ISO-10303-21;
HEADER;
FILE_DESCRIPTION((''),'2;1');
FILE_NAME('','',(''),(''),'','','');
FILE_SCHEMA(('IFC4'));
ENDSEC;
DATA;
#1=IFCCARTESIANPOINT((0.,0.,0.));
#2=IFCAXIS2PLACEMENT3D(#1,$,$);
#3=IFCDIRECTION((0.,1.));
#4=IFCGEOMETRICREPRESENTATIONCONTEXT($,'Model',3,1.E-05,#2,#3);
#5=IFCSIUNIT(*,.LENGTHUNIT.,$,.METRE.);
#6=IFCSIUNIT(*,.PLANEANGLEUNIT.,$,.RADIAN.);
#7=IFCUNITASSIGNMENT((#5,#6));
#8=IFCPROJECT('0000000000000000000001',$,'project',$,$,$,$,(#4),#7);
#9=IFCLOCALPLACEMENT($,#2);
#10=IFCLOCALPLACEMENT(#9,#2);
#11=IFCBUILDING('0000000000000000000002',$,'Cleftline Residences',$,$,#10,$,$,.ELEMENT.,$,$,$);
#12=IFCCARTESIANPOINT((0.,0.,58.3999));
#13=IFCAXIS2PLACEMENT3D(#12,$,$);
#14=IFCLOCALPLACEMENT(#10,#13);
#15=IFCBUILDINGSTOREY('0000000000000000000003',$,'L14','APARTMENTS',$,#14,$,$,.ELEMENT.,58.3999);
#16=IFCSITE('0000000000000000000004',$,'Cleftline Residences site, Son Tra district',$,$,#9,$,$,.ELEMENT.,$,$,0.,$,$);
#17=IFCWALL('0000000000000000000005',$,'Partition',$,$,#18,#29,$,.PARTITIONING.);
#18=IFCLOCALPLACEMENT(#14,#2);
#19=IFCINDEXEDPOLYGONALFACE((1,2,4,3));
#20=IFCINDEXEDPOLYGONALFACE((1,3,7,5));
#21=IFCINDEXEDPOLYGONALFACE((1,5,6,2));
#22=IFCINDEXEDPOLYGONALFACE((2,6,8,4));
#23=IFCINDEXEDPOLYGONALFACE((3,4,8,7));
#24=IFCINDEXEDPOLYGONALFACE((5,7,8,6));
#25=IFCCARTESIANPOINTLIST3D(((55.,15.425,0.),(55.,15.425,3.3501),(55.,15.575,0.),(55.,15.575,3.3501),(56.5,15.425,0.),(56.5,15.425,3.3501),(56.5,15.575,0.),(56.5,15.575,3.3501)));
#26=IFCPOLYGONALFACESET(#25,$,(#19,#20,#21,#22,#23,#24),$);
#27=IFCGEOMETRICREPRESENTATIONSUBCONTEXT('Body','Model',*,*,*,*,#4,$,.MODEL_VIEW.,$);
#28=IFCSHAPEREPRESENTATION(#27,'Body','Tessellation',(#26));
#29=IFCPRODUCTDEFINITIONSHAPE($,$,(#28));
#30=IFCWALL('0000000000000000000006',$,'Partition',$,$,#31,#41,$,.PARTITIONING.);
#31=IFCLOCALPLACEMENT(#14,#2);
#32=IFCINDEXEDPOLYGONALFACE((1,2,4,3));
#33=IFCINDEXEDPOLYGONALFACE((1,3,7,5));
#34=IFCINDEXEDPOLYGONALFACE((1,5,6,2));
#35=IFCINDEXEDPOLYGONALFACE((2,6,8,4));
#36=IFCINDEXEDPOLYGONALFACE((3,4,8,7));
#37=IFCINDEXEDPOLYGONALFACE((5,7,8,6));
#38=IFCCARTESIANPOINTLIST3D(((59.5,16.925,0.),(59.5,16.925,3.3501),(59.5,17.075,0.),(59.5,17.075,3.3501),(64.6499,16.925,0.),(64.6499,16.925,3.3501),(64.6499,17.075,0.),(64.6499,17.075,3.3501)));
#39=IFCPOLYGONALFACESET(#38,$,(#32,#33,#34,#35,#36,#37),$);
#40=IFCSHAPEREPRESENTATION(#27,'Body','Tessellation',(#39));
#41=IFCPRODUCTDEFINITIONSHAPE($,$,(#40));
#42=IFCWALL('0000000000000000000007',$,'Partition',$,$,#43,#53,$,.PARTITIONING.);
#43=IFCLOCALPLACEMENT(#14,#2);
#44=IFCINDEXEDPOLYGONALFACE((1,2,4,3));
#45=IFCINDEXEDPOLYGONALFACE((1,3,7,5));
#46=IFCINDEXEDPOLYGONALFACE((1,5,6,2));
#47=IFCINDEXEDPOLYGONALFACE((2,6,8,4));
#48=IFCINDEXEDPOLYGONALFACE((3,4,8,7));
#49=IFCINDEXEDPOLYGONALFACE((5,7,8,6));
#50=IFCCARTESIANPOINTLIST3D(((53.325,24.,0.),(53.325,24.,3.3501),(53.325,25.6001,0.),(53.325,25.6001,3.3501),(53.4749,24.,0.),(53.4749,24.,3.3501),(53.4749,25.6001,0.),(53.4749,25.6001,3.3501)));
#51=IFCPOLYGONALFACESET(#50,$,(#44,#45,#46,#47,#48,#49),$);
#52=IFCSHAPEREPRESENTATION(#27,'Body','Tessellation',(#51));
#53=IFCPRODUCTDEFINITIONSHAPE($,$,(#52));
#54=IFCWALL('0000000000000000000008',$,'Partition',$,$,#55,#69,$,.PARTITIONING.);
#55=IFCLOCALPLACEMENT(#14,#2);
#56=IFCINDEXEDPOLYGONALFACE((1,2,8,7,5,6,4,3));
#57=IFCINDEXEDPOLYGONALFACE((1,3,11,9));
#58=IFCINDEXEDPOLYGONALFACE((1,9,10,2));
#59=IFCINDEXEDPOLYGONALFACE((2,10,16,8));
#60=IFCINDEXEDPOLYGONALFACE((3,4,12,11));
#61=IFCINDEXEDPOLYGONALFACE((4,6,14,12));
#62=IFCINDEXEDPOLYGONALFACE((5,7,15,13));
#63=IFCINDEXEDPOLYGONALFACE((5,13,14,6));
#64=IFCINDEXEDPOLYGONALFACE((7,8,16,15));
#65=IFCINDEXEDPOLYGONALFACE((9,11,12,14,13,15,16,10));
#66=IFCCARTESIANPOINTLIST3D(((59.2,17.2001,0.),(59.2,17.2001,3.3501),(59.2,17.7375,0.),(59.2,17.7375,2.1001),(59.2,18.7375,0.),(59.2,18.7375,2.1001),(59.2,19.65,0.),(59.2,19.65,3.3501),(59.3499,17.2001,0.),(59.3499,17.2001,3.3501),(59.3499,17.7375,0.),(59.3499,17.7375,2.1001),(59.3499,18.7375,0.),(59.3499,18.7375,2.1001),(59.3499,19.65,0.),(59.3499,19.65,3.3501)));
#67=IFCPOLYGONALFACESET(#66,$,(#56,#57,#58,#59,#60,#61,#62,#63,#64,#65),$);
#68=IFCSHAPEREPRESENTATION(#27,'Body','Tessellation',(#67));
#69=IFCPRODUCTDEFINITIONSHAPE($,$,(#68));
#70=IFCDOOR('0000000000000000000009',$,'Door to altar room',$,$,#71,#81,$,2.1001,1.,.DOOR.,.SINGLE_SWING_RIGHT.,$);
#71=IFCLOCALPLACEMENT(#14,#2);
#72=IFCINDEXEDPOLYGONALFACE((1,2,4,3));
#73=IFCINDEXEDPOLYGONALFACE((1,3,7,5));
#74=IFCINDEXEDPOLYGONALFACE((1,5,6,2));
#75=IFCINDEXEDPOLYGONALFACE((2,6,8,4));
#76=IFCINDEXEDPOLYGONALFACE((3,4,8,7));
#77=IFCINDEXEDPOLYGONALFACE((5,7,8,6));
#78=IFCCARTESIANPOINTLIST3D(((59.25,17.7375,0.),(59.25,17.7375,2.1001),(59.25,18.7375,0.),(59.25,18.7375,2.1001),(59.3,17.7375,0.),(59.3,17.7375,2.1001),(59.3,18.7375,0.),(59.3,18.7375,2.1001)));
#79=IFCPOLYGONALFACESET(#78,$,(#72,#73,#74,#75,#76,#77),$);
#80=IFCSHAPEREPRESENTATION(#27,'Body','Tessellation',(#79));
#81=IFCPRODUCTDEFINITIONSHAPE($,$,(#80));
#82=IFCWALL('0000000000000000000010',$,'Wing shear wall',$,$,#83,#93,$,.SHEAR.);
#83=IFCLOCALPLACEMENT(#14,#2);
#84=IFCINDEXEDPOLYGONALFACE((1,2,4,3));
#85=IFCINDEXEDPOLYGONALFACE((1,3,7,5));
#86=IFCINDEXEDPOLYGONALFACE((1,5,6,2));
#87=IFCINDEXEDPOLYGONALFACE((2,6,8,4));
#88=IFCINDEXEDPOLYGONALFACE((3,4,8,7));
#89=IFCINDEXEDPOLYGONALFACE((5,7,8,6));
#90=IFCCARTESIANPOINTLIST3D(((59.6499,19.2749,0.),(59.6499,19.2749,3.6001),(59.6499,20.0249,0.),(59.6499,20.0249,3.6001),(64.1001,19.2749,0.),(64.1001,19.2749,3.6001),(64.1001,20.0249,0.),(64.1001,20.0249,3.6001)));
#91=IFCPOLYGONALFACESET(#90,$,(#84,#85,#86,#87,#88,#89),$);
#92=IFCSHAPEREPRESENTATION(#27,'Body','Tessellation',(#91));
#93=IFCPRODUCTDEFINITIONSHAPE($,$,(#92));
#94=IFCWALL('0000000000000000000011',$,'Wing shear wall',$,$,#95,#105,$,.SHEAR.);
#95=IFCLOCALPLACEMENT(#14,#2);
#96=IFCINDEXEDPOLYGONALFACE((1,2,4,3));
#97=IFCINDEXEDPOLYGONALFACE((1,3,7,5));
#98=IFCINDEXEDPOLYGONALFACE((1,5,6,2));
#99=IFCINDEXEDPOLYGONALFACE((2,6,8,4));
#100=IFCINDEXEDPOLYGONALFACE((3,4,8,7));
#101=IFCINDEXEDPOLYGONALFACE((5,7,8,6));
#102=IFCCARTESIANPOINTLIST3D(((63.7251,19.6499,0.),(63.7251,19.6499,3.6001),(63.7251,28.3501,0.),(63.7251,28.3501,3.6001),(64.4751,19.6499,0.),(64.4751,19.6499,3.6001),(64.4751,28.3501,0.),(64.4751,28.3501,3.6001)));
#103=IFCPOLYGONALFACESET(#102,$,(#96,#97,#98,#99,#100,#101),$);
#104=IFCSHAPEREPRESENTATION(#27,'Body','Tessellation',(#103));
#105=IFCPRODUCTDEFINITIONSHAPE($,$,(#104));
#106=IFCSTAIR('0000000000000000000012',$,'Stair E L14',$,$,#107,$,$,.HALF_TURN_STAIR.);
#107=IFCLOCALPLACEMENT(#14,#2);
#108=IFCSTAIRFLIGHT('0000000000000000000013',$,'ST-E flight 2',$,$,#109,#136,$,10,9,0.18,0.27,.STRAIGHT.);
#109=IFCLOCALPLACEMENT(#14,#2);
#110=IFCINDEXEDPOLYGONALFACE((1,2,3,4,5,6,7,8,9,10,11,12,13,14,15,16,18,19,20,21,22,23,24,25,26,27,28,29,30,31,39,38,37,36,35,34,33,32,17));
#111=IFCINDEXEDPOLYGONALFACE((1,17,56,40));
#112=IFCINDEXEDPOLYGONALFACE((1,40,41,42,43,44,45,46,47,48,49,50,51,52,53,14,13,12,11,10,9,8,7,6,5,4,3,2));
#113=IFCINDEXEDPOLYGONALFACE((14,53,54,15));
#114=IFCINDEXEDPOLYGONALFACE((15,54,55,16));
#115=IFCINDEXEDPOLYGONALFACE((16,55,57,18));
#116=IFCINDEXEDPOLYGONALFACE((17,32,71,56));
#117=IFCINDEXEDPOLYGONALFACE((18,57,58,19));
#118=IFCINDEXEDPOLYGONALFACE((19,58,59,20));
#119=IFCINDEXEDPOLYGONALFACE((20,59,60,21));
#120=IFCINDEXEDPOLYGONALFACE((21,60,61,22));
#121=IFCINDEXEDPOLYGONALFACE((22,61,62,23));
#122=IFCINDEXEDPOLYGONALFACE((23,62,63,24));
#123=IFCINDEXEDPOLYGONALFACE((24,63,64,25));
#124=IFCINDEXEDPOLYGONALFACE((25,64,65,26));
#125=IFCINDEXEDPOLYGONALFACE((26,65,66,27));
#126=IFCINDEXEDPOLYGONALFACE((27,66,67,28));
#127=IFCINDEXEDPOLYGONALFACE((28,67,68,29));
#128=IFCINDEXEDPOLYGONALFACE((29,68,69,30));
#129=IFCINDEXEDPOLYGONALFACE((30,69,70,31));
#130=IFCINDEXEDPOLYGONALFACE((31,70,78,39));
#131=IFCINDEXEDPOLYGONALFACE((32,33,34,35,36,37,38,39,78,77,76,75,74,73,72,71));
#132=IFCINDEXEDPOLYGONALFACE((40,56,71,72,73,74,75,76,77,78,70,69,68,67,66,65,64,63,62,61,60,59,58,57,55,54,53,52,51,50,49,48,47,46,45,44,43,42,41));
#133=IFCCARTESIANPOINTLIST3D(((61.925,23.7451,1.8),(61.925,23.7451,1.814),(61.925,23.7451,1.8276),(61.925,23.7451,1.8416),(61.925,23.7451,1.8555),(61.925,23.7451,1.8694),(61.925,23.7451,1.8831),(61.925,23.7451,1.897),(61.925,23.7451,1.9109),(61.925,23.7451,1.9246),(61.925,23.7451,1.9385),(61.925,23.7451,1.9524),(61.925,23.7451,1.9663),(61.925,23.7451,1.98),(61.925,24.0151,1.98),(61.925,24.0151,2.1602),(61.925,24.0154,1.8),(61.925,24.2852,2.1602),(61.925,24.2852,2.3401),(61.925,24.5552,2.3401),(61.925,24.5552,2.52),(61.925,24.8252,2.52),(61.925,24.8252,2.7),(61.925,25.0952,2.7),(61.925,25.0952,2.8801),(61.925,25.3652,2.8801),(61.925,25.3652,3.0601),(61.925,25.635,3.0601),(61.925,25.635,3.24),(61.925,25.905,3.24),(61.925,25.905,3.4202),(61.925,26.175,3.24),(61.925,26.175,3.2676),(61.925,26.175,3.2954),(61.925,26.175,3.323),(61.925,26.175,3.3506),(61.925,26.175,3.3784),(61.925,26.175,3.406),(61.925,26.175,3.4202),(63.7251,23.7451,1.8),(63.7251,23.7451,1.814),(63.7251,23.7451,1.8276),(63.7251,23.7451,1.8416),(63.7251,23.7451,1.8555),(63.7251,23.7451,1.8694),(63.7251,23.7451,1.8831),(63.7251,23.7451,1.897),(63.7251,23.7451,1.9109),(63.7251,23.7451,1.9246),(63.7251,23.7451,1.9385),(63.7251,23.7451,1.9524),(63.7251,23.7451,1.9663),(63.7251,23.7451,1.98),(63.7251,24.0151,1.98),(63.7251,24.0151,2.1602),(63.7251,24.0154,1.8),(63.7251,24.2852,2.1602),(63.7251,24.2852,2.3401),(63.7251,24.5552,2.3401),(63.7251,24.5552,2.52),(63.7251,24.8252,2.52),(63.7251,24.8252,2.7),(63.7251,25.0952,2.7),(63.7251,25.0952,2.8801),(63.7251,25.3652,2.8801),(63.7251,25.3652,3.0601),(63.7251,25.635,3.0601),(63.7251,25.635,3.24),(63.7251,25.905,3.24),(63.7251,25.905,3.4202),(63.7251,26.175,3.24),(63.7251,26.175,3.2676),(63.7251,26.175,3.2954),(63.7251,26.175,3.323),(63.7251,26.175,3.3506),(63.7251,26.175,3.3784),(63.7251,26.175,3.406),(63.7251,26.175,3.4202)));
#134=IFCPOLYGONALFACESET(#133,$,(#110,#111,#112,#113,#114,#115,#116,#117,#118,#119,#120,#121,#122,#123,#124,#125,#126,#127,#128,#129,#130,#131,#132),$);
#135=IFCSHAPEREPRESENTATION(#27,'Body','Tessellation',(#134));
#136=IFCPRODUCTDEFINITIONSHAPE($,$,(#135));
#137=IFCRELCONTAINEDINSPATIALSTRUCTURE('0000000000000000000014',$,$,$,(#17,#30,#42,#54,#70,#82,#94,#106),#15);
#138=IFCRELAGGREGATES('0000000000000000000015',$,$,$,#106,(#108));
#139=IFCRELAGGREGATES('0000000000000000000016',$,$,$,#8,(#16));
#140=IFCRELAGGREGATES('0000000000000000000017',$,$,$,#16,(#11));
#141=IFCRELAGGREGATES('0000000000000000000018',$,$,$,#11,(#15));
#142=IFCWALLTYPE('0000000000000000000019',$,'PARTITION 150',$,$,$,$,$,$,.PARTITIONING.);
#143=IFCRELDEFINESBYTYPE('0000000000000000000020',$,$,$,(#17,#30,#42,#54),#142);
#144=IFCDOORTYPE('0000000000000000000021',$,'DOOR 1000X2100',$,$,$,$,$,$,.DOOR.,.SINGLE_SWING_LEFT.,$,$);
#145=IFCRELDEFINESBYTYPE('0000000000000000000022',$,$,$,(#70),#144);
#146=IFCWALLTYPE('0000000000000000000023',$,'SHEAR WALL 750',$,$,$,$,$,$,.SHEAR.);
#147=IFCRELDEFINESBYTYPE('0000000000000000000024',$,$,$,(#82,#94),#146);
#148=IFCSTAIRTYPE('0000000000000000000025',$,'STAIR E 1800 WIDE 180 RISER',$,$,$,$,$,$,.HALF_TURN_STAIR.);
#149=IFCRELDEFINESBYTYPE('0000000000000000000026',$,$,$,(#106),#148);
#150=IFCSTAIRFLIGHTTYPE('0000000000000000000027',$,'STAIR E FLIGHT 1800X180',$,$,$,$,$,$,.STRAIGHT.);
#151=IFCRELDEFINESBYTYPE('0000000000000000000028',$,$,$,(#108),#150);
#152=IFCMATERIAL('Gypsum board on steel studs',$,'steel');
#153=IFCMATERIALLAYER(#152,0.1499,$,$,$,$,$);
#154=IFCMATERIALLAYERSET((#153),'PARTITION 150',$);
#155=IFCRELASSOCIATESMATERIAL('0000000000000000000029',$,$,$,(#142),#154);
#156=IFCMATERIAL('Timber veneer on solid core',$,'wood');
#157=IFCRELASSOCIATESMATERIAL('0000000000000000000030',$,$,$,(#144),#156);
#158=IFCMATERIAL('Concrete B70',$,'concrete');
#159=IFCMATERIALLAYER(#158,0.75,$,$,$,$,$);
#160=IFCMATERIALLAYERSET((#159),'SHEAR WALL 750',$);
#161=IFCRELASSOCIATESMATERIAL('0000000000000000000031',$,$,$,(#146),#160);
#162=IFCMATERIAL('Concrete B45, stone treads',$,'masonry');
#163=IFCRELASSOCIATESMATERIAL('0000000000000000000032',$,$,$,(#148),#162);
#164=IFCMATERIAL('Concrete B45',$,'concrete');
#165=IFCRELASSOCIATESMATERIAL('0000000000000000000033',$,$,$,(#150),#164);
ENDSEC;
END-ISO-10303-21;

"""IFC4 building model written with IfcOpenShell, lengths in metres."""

from ifc_helpers import new_model, si_unit, direction, frame, frame_2d, origin, place, context, subcontext, project, spatial, polyline, rectangle, outline, extrude, material, layer, layer_set, type_object, element, fill, aggregate, save


model = new_model("IFC4")

# Units and contexts
model_context = context("Model", 3, precision=1e-05, world=origin(), true_north=direction((0.0, 1.0)))
body_context = subcontext(model_context, "Body", "Model", "MODEL_VIEW")
ifc_project = project(units=[si_unit("LENGTHUNIT", "METRE"), si_unit("PLANEANGLEUNIT", "RADIAN")], contexts=[model_context])

# Site, building, storey
site_placement = place(None, origin())
site = spatial("IfcSite", under=ifc_project, at=site_placement, Name="Cleftline Residences site, Son Tra district", CompositionType="ELEMENT", RefElevation=0.0)
building_placement = place(site_placement, origin())
building = spatial("IfcBuilding", under=site, at=building_placement, Name="Cleftline Residences", CompositionType="ELEMENT")
storey_placement = place(building_placement, frame((0.0, 0.0, 58.3999)))
storey = spatial("IfcBuildingStorey", under=building, at=storey_placement, Name="L14", Description="APARTMENTS", CompositionType="ELEMENT", Elevation=58.3999)

# Walls
ifc_material_1 = material(Name="Gypsum board on steel studs", Category="steel")
ifc_layer_1 = layer(ifc_material_1, 0.1499)
ifc_layer_set_1 = layer_set([ifc_layer_1], Name="PARTITION 150")
wall_type_1 = type_object("IfcWallType", Name="PARTITION 150", PredefinedType="PARTITIONING", material=ifc_layer_set_1)
wall_1_placement = place(storey_placement, frame((55.0, 15.5, 0.0), z_axis=(0.0, 0.0, 1.0), x_axis=(1.0, 0.0, 0.0)))
element("IfcWall", 1, at=wall_1_placement, inside=storey, type_object=wall_type_1, Name="Partition", PredefinedType="PARTITIONING", context=body_context, shape_type="SweptSolid", body=[
    extrude(rectangle(XDim=1.5, YDim=0.1499, at=frame_2d((0.75, 0.0))), origin(), (0.0, 0.0, 1.0), 3.3501),
])
wall_2_placement = place(storey_placement, frame((59.5, 17.0, 0.0), z_axis=(0.0, 0.0, 1.0), x_axis=(1.0, 0.0, 0.0)))
element("IfcWall", 2, at=wall_2_placement, inside=storey, type_object=wall_type_1, Name="Partition", PredefinedType="PARTITIONING", context=body_context, shape_type="SweptSolid", body=[
    extrude(rectangle(XDim=5.1499, YDim=0.1499, at=frame_2d((2.575, 0.0))), origin(), (0.0, 0.0, 1.0), 3.3501),
])
wall_3_placement = place(storey_placement, frame((53.3999, 24.0, 0.0), z_axis=(0.0, 0.0, 1.0), x_axis=(0.0, 1.0, 0.0)))
element("IfcWall", 3, at=wall_3_placement, inside=storey, type_object=wall_type_1, Name="Partition", PredefinedType="PARTITIONING", context=body_context, shape_type="SweptSolid", body=[
    extrude(rectangle(XDim=1.6001, YDim=0.1499, at=frame_2d((0.8, 0.0))), origin(), (0.0, 0.0, 1.0), 3.3501),
])

# Wall, opening, door
wall_4_placement = place(storey_placement, frame((59.2749, 17.2, 0.0), z_axis=(0.0, 0.0, 1.0), x_axis=(0.0, 1.0, 0.0)))
wall_4 = element("IfcWall", 4, at=wall_4_placement, inside=storey, type_object=wall_type_1, Name="Partition", PredefinedType="PARTITIONING", context=body_context, shape_type="SweptSolid", body=[
    extrude(rectangle(XDim=2.45, YDim=0.1499, at=frame_2d((1.2251, 0.0))), origin(), (0.0, 0.0, 1.0), 3.3501),
])
opening_placement = place(wall_4_placement, frame((0.5376, 0.0, 0.0)))
opening = element("IfcOpeningElement", 5, at=opening_placement, cuts=wall_4, PredefinedType="OPENING", context=body_context, shape_type="SweptSolid", body=[
    extrude(rectangle(XDim=1.0, YDim=2.1001, at=frame_2d((0.5, 1.05))), frame((0.0, 0.085, 0.0), z_axis=(0.0, -1.0, 0.0), x_axis=(1.0, 0.0, 0.0)), (0.0, 0.0, 1.0), 0.1699),
])
ifc_material_2 = material(Name="Timber veneer on solid core", Category="wood")
door_type = type_object("IfcDoorType", Name="DOOR 1000X2100", OperationType="SINGLE_SWING_LEFT", PredefinedType="DOOR", material=ifc_material_2)
door_placement = place(opening_placement, origin())
door = element("IfcDoor", 6, at=door_placement, inside=storey, type_object=door_type, Name="Door to altar room", OperationType="SINGLE_SWING_RIGHT", OverallHeight=2.1001, OverallWidth=1.0, PredefinedType="DOOR", context=body_context, shape_type="SweptSolid", body=[
    extrude(rectangle(XDim=1.0, YDim=2.1001, at=frame_2d((0.5, 1.05))), frame((0.0, 0.0249, 0.0), z_axis=(0.0, -1.0, 0.0), x_axis=(1.0, 0.0, 0.0)), (0.0, 0.0, 1.0), 0.05),
])
fill(opening, door)

# Walls
ifc_material_3 = material(Name="Concrete B70", Category="concrete")
ifc_layer_2 = layer(ifc_material_3, 0.75)
ifc_layer_set_2 = layer_set([ifc_layer_2], Name="SHEAR WALL 750")
wall_type_2 = type_object("IfcWallType", Name="SHEAR WALL 750", PredefinedType="SHEAR", material=ifc_layer_set_2)
wall_5_placement = place(storey_placement, frame((59.6499, 19.6499, 0.0), z_axis=(0.0, 0.0, 1.0), x_axis=(1.0, 0.0, 0.0)))
element("IfcWall", 7, at=wall_5_placement, inside=storey, type_object=wall_type_2, Name="Wing shear wall", PredefinedType="SHEAR", context=body_context, shape_type="SweptSolid", body=[
    extrude(rectangle(XDim=4.4502, YDim=0.75, at=frame_2d((2.2251, 0.0))), origin(), (0.0, 0.0, 1.0), 3.6001),
])
wall_6_placement = place(storey_placement, frame((64.1001, 19.6499, 0.0), z_axis=(0.0, 0.0, 1.0), x_axis=(0.0, 1.0, 0.0)))
element("IfcWall", 8, at=wall_6_placement, inside=storey, type_object=wall_type_2, Name="Wing shear wall", PredefinedType="SHEAR", context=body_context, shape_type="SweptSolid", body=[
    extrude(rectangle(XDim=8.7002, YDim=0.75, at=frame_2d((4.3501, 0.0))), origin(), (0.0, 0.0, 1.0), 3.6001),
])

# Stair, stair flight
ifc_material_4 = material(Name="Concrete B45, stone treads", Category="masonry")
stair_type = type_object("IfcStairType", Name="STAIR E 1800 WIDE 180 RISER", PredefinedType="HALF_TURN_STAIR", material=ifc_material_4)
stair_placement = place(storey_placement, origin())
stair = element("IfcStair", 9, at=stair_placement, inside=storey, type_object=stair_type, Name="Stair E L14", PredefinedType="HALF_TURN_STAIR")
ifc_material_5 = material(Name="Concrete B45", Category="concrete")
stair_flight_type = type_object("IfcStairFlightType", Name="STAIR E FLIGHT 1800X180", PredefinedType="STRAIGHT", material=ifc_material_5)
stair_flight_placement = place(storey_placement, frame((62.825, 23.7451, 1.8), z_axis=(0.0, 0.0, 1.0), x_axis=(0.0, 1.0, 0.0)))
stair_flight = element("IfcStairFlight", 10, at=stair_flight_placement, type_object=stair_flight_type, Name="ST-E flight 2", NumberOfRisers=10, NumberOfTreads=9, PredefinedType="STRAIGHT", RiserHeight=0.18, TreadLength=0.27, context=body_context, shape_type="SweptSolid", body=[
    extrude(outline(polyline([(0.0, 0.0), (0.0, 0.0139), (0.0, 0.0276), (0.0, 0.0415), (0.0, 0.0554), (0.0, 0.0693), (0.0, 0.083), (0.0, 0.0969), (0.0, 0.1108), (0.0, 0.1245), (0.0, 0.1384), (0.0, 0.1523), (0.0, 0.1663), (0.0, 0.1799), (0.27, 0.1799), (0.27, 0.3601), (0.54, 0.3601), (0.54, 0.54), (0.8101, 0.54), (0.8101, 0.72), (1.0801, 0.72), (1.0801, 0.8999), (1.3501, 0.8999), (1.3501, 1.0801), (1.6201, 1.0801), (1.6201, 1.26), (1.8899, 1.26), (1.8899, 1.4399), (2.1599, 1.4399), (2.1599, 1.6201), (2.4299, 1.6201), (2.4299, 1.8), (2.4299, 1.7722), (2.4299, 1.7446), (2.4299, 1.7168), (2.4299, 1.6892), (2.4299, 1.6614), (2.4299, 1.6338), (2.4299, 1.606), (2.4299, 1.5784), (2.4299, 1.5505), (2.4299, 1.5229), (2.4299, 1.4954), (2.4299, 1.4675), (2.4299, 1.4399), (0.2703, 0.0), (0.0, 0.0)])), frame((0.0, 0.8999, 0.0), z_axis=(0.0, -1.0, 0.0), x_axis=(1.0, 0.0, 0.0)), (0.0, 0.0, 1.0), 1.8),
])
aggregate(stair, [stair_flight])

save(model, "model.ifc")
